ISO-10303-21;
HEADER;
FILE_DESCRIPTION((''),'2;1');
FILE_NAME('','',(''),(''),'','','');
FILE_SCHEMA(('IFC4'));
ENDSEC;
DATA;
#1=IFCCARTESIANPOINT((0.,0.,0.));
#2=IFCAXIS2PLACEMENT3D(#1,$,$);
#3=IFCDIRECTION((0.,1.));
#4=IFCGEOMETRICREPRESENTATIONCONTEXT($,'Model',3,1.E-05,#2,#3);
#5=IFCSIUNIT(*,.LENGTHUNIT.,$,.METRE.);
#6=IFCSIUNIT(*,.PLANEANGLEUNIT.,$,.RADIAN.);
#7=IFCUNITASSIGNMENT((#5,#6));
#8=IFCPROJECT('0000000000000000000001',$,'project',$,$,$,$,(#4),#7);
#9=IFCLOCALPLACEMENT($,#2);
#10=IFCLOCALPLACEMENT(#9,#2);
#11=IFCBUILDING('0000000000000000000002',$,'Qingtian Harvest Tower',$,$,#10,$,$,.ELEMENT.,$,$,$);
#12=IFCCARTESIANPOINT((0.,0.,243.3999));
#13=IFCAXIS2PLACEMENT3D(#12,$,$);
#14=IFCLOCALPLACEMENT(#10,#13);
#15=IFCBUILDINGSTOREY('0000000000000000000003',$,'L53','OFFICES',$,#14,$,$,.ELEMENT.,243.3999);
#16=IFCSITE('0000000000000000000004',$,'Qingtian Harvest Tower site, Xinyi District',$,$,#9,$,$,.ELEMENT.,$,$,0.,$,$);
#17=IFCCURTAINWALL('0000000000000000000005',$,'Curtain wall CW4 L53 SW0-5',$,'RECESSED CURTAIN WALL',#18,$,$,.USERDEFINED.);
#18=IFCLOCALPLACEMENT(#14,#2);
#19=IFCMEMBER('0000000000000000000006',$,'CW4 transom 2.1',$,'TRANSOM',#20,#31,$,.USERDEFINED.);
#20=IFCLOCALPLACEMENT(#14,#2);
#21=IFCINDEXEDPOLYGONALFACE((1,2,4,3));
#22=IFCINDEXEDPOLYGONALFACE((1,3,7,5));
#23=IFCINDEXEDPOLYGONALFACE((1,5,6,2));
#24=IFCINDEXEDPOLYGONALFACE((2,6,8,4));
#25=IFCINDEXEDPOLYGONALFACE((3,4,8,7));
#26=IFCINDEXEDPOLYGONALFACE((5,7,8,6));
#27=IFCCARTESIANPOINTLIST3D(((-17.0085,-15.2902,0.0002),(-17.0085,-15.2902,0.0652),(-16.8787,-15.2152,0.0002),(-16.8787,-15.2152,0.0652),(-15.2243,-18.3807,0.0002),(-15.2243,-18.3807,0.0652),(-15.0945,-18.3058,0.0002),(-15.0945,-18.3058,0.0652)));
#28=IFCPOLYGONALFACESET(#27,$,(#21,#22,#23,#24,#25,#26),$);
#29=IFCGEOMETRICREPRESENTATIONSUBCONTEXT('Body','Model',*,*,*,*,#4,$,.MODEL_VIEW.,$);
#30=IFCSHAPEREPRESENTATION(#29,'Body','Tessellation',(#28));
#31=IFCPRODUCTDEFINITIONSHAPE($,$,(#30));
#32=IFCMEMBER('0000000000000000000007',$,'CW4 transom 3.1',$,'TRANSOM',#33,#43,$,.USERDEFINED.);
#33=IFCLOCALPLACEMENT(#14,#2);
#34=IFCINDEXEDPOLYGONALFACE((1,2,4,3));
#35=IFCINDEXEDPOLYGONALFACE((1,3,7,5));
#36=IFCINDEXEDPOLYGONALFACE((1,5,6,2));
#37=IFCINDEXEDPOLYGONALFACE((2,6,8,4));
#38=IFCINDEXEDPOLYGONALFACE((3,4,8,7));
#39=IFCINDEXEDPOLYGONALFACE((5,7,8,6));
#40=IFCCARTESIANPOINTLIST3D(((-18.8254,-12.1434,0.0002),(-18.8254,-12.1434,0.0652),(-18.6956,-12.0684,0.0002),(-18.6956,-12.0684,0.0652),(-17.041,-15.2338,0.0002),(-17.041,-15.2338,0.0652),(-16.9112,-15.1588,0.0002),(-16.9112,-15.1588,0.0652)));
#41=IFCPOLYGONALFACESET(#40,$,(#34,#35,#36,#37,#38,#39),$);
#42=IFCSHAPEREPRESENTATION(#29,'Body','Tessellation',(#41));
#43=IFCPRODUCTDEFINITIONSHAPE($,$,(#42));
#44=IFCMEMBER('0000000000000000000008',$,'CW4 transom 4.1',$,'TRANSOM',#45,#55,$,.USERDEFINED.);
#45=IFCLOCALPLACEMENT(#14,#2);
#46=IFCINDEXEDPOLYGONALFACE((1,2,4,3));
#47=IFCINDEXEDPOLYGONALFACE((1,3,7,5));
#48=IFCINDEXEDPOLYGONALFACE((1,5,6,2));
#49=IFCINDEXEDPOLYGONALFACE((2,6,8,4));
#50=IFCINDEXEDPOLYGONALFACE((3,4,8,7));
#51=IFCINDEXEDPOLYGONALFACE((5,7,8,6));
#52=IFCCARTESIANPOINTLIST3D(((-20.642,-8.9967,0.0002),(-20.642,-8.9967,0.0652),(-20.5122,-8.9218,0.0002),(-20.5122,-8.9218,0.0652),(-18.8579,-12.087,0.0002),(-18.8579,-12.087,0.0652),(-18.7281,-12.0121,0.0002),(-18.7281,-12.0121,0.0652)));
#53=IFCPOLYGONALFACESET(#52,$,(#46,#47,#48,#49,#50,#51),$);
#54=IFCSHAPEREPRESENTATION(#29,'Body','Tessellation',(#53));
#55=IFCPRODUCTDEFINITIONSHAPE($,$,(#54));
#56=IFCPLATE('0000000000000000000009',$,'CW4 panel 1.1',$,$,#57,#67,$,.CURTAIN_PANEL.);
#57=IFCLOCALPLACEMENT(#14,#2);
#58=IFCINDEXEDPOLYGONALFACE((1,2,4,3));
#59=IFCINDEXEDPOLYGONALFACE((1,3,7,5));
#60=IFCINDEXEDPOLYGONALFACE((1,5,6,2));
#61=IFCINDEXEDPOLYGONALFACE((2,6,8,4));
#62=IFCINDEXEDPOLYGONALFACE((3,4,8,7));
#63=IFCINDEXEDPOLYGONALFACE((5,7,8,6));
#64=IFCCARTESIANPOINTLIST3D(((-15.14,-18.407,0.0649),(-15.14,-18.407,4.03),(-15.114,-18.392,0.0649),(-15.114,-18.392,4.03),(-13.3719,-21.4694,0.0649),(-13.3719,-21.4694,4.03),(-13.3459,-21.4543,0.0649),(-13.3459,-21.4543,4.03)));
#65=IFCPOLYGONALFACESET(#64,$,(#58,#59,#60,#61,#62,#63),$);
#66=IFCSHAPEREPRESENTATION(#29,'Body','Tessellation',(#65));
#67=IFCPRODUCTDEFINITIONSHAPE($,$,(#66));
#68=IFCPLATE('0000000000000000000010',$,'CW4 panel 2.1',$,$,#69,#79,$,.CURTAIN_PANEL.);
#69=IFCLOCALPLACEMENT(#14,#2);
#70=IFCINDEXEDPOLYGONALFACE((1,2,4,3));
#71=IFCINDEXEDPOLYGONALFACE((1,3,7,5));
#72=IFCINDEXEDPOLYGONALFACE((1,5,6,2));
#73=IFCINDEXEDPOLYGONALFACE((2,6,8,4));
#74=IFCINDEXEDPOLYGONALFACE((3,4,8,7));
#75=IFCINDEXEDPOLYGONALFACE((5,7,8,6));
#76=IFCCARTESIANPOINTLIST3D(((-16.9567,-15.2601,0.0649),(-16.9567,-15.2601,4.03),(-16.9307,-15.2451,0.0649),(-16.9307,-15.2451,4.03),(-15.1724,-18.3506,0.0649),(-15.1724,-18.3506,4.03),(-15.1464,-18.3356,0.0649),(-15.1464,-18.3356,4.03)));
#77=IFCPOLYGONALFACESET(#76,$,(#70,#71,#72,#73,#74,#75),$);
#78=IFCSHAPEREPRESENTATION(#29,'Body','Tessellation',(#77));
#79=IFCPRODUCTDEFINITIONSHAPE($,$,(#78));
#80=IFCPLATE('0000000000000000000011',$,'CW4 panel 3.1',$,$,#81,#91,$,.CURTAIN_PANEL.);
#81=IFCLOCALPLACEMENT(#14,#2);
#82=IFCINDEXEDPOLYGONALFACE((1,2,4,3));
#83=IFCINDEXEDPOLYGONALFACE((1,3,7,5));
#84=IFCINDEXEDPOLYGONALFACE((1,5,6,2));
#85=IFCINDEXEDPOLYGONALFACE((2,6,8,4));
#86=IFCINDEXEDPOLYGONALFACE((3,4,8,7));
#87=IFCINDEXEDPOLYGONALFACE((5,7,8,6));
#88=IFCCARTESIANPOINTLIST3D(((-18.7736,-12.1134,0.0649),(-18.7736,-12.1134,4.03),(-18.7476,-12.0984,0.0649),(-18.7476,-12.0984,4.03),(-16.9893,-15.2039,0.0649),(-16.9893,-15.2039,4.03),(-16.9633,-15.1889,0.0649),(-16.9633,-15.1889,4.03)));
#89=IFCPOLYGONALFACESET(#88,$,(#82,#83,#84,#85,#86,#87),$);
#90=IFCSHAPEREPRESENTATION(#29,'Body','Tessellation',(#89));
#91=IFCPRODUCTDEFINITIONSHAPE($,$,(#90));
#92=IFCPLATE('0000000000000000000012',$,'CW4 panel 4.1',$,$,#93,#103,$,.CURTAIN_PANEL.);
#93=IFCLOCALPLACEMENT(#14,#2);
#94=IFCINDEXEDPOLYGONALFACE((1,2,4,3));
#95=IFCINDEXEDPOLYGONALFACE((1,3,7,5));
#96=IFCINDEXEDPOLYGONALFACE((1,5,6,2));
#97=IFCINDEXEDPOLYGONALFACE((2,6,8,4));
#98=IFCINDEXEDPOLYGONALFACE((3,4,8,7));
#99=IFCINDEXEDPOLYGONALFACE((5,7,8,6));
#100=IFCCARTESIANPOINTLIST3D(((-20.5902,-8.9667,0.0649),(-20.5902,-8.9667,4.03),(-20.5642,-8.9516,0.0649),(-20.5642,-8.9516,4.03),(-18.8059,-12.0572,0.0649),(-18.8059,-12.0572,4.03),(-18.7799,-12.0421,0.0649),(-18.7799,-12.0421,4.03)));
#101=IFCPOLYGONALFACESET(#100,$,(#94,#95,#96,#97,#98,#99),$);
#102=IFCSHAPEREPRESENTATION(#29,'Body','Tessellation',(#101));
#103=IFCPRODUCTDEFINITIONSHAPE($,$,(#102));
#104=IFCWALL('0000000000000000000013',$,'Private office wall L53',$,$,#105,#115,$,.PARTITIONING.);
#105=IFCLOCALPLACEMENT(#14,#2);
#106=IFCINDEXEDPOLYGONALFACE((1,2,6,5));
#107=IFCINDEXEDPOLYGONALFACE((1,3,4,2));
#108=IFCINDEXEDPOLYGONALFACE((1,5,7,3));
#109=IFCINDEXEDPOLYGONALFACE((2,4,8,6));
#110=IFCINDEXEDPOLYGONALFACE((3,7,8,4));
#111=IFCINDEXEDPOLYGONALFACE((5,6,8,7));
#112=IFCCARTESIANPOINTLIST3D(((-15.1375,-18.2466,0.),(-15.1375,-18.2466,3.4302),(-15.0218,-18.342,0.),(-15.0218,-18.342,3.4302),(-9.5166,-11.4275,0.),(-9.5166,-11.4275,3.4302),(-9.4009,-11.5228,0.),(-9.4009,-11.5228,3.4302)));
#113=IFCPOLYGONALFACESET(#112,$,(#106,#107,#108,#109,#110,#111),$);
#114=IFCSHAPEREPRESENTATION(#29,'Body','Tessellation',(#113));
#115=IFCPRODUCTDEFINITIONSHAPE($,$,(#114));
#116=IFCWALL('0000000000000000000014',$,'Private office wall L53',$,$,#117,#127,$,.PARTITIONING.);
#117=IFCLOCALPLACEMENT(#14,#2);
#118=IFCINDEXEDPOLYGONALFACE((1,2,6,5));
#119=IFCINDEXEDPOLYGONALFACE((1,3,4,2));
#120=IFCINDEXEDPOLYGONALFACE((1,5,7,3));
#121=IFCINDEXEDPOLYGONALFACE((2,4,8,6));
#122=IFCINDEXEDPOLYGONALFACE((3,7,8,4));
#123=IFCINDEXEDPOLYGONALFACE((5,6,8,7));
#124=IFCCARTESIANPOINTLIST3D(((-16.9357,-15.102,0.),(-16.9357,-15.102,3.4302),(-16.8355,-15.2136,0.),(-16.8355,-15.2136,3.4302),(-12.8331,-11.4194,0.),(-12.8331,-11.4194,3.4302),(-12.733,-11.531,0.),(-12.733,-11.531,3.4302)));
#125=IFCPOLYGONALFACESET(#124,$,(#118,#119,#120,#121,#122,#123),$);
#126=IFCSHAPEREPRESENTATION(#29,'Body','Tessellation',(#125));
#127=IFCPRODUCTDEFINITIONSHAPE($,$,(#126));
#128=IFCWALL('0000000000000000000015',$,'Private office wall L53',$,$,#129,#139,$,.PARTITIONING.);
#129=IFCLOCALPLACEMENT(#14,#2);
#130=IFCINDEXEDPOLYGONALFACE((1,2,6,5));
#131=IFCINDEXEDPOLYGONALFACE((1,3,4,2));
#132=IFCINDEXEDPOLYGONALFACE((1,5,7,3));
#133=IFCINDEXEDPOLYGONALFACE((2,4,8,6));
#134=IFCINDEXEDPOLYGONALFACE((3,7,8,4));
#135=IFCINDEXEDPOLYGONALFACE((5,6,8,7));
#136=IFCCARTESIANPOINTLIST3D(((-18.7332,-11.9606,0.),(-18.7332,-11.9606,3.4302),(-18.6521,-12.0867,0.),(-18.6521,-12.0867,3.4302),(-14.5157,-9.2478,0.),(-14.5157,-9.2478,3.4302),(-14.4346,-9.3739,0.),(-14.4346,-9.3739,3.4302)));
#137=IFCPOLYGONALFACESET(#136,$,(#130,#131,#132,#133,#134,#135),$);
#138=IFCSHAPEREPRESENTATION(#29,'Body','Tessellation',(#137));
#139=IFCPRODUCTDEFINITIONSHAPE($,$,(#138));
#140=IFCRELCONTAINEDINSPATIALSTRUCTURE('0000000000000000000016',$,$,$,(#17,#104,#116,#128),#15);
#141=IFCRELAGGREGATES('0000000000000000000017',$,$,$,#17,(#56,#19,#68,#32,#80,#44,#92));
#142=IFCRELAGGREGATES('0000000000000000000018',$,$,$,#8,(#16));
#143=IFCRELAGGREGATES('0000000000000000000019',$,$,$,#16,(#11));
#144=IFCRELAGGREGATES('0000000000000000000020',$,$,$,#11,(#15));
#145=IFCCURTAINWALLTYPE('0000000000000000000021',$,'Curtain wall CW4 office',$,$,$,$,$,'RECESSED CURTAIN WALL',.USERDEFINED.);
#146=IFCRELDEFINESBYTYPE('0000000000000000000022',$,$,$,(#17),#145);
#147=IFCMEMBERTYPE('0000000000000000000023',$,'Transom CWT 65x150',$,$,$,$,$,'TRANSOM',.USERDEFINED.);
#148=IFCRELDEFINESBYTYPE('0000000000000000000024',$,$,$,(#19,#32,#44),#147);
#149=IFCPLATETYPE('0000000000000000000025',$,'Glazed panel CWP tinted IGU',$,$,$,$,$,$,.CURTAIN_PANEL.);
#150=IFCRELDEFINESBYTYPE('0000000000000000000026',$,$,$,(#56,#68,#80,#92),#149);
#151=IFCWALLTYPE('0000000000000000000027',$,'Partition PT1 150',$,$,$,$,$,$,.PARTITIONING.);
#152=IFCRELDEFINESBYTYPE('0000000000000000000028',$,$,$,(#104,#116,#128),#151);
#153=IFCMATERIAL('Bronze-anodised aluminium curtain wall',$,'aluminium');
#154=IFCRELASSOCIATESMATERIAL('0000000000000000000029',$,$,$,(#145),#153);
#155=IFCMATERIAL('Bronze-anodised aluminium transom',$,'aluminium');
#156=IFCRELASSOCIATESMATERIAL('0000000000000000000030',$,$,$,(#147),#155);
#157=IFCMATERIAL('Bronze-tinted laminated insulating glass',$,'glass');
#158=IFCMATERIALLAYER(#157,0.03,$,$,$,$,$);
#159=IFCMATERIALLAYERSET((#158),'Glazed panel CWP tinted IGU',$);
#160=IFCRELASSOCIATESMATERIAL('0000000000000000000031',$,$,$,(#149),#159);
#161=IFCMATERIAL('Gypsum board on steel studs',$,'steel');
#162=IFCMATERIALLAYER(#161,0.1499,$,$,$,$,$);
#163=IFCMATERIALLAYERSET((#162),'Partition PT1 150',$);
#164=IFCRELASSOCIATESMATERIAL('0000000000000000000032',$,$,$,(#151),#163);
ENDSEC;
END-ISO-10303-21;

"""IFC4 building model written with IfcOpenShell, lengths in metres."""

from ifc_helpers import new_model, si_unit, direction, frame, frame_2d, origin, origin_2d, place, context, subcontext, project, spatial, rectangle, extrude, material, layer, layer_set, material_profile, profile_set, type_object, element, aggregate, save


model = new_model("IFC4")

# Units and contexts
model_context = context("Model", 3, precision=1e-05, world=origin(), true_north=direction((0.0, 1.0)))
body_context = subcontext(model_context, "Body", "Model", "MODEL_VIEW")
ifc_project = project(units=[si_unit("LENGTHUNIT", "METRE"), si_unit("PLANEANGLEUNIT", "RADIAN")], contexts=[model_context])

# Site, building, storey
site_placement = place(None, origin())
site = spatial("IfcSite", under=ifc_project, at=site_placement, Name="Qingtian Harvest Tower site, Xinyi District", CompositionType="ELEMENT", RefElevation=0.0)
building_placement = place(site_placement, origin())
building = spatial("IfcBuilding", under=site, at=building_placement, Name="Qingtian Harvest Tower", CompositionType="ELEMENT")
storey_placement = place(building_placement, frame((0.0, 0.0, 243.3999)))
storey = spatial("IfcBuildingStorey", under=building, at=storey_placement, Name="L53", Description="OFFICES", CompositionType="ELEMENT", Elevation=243.3999)

# Curtain wall
ifc_material_1 = material(Name="Bronze-anodised aluminium curtain wall", Category="aluminium")
curtain_wall_type = type_object("IfcCurtainWallType", Name="Curtain wall CW4 office", ElementType="RECESSED CURTAIN WALL", PredefinedType="USERDEFINED", material=ifc_material_1)
curtain_wall_placement = place(storey_placement, origin())
curtain_wall = element("IfcCurtainWall", 1, at=curtain_wall_placement, inside=storey, type_object=curtain_wall_type, Name="Curtain wall CW4 L53 SW0-5", ObjectType="RECESSED CURTAIN WALL", PredefinedType="USERDEFINED")

# Members
ifc_material_2 = material(Name="Bronze-anodised aluminium transom", Category="aluminium")
ifc_material_profile_1 = material_profile(ifc_material_2, rectangle(XDim=0.1499, YDim=0.0649, at=origin_2d()), Name="AL 65x150")
ifc_profile_set_1 = profile_set([ifc_material_profile_1], Name="Bronze-anodised aluminium transom")
member_type_1 = type_object("IfcMemberType", Name="Transom CWT 65x150", ElementType="TRANSOM", PredefinedType="USERDEFINED", material=ifc_profile_set_1)
member_1_placement = place(storey_placement, frame((-15.1594, -18.3433, 0.0327), z_axis=(-0.499965, 0.866045, 0.0), x_axis=(-0.866045, -0.499965, 0.0)))
member_1 = element("IfcMember", 2, at=member_1_placement, type_object=member_type_1, Name="CW4 transom 2.1", ObjectType="TRANSOM", PredefinedType="USERDEFINED", context=body_context, shape_type="SweptSolid", body=[
    extrude(rectangle(XDim=0.1499, YDim=0.0649, at=origin_2d()), origin(), (0.0, 0.0, 1.0), 3.5686),
])
member_2_placement = place(storey_placement, frame((-16.9761, -15.1963, 0.0327), z_axis=(-0.500046, 0.865999, 0.0), x_axis=(-0.865999, -0.500046, 0.0)))
member_2 = element("IfcMember", 3, at=member_2_placement, type_object=member_type_1, Name="CW4 transom 3.1", ObjectType="TRANSOM", PredefinedType="USERDEFINED", context=body_context, shape_type="SweptSolid", body=[
    extrude(rectangle(XDim=0.1499, YDim=0.0649, at=origin_2d()), origin(), (0.0, 0.0, 1.0), 3.5686),
])
member_3_placement = place(storey_placement, frame((-18.793, -12.0496, 0.0327), z_axis=(-0.499995, 0.866028, 0.0), x_axis=(-0.866028, -0.499995, 0.0)))
member_3 = element("IfcMember", 4, at=member_3_placement, type_object=member_type_1, Name="CW4 transom 4.1", ObjectType="TRANSOM", PredefinedType="USERDEFINED", context=body_context, shape_type="SweptSolid", body=[
    extrude(rectangle(XDim=0.1499, YDim=0.0649, at=origin_2d()), origin(), (0.0, 0.0, 1.0), 3.5684),
])

# Plates
ifc_material_3 = material(Name="Bronze-tinted laminated insulating glass", Category="glass")
ifc_layer_1 = layer(ifc_material_3, 0.03)
ifc_layer_set_1 = layer_set([ifc_layer_1], Name="Glazed panel CWP tinted IGU")
plate_type = type_object("IfcPlateType", Name="Glazed panel CWP tinted IGU", PredefinedType="CURTAIN_PANEL", material=ifc_layer_set_1)
plate_1_placement = place(storey_placement, frame((-14.2429, -19.9307, 0.0649), z_axis=(0.0, 0.0, 1.0), x_axis=(-0.5, 0.866025, 0.0)))
plate_1 = element("IfcPlate", 5, at=plate_1_placement, type_object=plate_type, Name="CW4 panel 1.1", PredefinedType="CURTAIN_PANEL", context=body_context, shape_type="SweptSolid", body=[
    extrude(rectangle(XDim=3.5361, YDim=0.03, at=origin_2d()), origin(), (0.0, 0.0, 1.0), 3.9651),
])
plate_2_placement = place(storey_placement, frame((-16.0515, -16.7979, 0.0649), z_axis=(0.0, 0.0, 1.0), x_axis=(-0.5, 0.866025, 0.0)))
plate_2 = element("IfcPlate", 6, at=plate_2_placement, type_object=plate_type, Name="CW4 panel 2.1", PredefinedType="CURTAIN_PANEL", context=body_context, shape_type="SweptSolid", body=[
    extrude(rectangle(XDim=3.5686, YDim=0.03, at=origin_2d()), origin(), (0.0, 0.0, 1.0), 3.9651),
])
plate_3_placement = place(storey_placement, frame((-17.8684, -13.6511, 0.0649), z_axis=(0.0, 0.0, 1.0), x_axis=(-0.5, 0.866025, 0.0)))
plate_3 = element("IfcPlate", 7, at=plate_3_placement, type_object=plate_type, Name="CW4 panel 3.1", PredefinedType="CURTAIN_PANEL", context=body_context, shape_type="SweptSolid", body=[
    extrude(rectangle(XDim=3.5686, YDim=0.03, at=origin_2d()), origin(), (0.0, 0.0, 1.0), 3.9651),
])
plate_4_placement = place(storey_placement, frame((-19.6851, -10.5044, 0.0649), z_axis=(0.0, 0.0, 1.0), x_axis=(-0.5, 0.866025, 0.0)))
plate_4 = element("IfcPlate", 8, at=plate_4_placement, type_object=plate_type, Name="CW4 panel 4.1", PredefinedType="CURTAIN_PANEL", context=body_context, shape_type="SweptSolid", body=[
    extrude(rectangle(XDim=3.5686, YDim=0.03, at=origin_2d()), origin(), (0.0, 0.0, 1.0), 3.9651),
])
aggregate(curtain_wall, [plate_1, member_1, plate_2, member_2, plate_3, member_3, plate_4])

# Walls
ifc_material_4 = material(Name="Gypsum board on steel studs", Category="steel")
ifc_layer_2 = layer(ifc_material_4, 0.1499)
ifc_layer_set_2 = layer_set([ifc_layer_2], Name="Partition PT1 150")
wall_type = type_object("IfcWallType", Name="Partition PT1 150", PredefinedType="PARTITIONING", material=ifc_layer_set_2)
wall_1_placement = place(storey_placement, frame((-15.0796, -18.2942, 0.0), z_axis=(0.0, 0.0, 1.0), x_axis=(0.636053, 0.771645, 0.0)))
element("IfcWall", 9, at=wall_1_placement, inside=storey, type_object=wall_type, Name="Private office wall L53", PredefinedType="PARTITIONING", context=body_context, shape_type="SweptSolid", body=[
    extrude(rectangle(XDim=8.8372, YDim=0.1499, at=frame_2d((4.4185, 0.0))), origin(), (0.0, 0.0, 1.0), 3.4302),
])
wall_2_placement = place(storey_placement, frame((-16.8855, -15.1577, 0.0), z_axis=(0.0, 0.0, 1.0), x_axis=(0.744166, 0.667995, 0.0)))
element("IfcWall", 10, at=wall_2_placement, inside=storey, type_object=wall_type, Name="Private office wall L53", PredefinedType="PARTITIONING", context=body_context, shape_type="SweptSolid", body=[
    extrude(rectangle(XDim=5.5129, YDim=0.1499, at=frame_2d((2.7563, 0.0))), origin(), (0.0, 0.0, 1.0), 3.4302),
])

# Wall
wall_3_placement = place(storey_placement, frame((-18.6926, -12.0237, 0.0), z_axis=(0.0, 0.0, 1.0), x_axis=(0.841031, 0.540986, 0.0)))
element("IfcWall", 11, at=wall_3_placement, inside=storey, type_object=wall_type, Name="Private office wall L53", PredefinedType="PARTITIONING", context=body_context, shape_type="SweptSolid", body=[
    extrude(rectangle(XDim=5.0146, YDim=0.1499, at=frame_2d((2.5073, 0.0))), origin(), (0.0, 0.0, 1.0), 3.4302),
])

save(model, "model.ifc")
